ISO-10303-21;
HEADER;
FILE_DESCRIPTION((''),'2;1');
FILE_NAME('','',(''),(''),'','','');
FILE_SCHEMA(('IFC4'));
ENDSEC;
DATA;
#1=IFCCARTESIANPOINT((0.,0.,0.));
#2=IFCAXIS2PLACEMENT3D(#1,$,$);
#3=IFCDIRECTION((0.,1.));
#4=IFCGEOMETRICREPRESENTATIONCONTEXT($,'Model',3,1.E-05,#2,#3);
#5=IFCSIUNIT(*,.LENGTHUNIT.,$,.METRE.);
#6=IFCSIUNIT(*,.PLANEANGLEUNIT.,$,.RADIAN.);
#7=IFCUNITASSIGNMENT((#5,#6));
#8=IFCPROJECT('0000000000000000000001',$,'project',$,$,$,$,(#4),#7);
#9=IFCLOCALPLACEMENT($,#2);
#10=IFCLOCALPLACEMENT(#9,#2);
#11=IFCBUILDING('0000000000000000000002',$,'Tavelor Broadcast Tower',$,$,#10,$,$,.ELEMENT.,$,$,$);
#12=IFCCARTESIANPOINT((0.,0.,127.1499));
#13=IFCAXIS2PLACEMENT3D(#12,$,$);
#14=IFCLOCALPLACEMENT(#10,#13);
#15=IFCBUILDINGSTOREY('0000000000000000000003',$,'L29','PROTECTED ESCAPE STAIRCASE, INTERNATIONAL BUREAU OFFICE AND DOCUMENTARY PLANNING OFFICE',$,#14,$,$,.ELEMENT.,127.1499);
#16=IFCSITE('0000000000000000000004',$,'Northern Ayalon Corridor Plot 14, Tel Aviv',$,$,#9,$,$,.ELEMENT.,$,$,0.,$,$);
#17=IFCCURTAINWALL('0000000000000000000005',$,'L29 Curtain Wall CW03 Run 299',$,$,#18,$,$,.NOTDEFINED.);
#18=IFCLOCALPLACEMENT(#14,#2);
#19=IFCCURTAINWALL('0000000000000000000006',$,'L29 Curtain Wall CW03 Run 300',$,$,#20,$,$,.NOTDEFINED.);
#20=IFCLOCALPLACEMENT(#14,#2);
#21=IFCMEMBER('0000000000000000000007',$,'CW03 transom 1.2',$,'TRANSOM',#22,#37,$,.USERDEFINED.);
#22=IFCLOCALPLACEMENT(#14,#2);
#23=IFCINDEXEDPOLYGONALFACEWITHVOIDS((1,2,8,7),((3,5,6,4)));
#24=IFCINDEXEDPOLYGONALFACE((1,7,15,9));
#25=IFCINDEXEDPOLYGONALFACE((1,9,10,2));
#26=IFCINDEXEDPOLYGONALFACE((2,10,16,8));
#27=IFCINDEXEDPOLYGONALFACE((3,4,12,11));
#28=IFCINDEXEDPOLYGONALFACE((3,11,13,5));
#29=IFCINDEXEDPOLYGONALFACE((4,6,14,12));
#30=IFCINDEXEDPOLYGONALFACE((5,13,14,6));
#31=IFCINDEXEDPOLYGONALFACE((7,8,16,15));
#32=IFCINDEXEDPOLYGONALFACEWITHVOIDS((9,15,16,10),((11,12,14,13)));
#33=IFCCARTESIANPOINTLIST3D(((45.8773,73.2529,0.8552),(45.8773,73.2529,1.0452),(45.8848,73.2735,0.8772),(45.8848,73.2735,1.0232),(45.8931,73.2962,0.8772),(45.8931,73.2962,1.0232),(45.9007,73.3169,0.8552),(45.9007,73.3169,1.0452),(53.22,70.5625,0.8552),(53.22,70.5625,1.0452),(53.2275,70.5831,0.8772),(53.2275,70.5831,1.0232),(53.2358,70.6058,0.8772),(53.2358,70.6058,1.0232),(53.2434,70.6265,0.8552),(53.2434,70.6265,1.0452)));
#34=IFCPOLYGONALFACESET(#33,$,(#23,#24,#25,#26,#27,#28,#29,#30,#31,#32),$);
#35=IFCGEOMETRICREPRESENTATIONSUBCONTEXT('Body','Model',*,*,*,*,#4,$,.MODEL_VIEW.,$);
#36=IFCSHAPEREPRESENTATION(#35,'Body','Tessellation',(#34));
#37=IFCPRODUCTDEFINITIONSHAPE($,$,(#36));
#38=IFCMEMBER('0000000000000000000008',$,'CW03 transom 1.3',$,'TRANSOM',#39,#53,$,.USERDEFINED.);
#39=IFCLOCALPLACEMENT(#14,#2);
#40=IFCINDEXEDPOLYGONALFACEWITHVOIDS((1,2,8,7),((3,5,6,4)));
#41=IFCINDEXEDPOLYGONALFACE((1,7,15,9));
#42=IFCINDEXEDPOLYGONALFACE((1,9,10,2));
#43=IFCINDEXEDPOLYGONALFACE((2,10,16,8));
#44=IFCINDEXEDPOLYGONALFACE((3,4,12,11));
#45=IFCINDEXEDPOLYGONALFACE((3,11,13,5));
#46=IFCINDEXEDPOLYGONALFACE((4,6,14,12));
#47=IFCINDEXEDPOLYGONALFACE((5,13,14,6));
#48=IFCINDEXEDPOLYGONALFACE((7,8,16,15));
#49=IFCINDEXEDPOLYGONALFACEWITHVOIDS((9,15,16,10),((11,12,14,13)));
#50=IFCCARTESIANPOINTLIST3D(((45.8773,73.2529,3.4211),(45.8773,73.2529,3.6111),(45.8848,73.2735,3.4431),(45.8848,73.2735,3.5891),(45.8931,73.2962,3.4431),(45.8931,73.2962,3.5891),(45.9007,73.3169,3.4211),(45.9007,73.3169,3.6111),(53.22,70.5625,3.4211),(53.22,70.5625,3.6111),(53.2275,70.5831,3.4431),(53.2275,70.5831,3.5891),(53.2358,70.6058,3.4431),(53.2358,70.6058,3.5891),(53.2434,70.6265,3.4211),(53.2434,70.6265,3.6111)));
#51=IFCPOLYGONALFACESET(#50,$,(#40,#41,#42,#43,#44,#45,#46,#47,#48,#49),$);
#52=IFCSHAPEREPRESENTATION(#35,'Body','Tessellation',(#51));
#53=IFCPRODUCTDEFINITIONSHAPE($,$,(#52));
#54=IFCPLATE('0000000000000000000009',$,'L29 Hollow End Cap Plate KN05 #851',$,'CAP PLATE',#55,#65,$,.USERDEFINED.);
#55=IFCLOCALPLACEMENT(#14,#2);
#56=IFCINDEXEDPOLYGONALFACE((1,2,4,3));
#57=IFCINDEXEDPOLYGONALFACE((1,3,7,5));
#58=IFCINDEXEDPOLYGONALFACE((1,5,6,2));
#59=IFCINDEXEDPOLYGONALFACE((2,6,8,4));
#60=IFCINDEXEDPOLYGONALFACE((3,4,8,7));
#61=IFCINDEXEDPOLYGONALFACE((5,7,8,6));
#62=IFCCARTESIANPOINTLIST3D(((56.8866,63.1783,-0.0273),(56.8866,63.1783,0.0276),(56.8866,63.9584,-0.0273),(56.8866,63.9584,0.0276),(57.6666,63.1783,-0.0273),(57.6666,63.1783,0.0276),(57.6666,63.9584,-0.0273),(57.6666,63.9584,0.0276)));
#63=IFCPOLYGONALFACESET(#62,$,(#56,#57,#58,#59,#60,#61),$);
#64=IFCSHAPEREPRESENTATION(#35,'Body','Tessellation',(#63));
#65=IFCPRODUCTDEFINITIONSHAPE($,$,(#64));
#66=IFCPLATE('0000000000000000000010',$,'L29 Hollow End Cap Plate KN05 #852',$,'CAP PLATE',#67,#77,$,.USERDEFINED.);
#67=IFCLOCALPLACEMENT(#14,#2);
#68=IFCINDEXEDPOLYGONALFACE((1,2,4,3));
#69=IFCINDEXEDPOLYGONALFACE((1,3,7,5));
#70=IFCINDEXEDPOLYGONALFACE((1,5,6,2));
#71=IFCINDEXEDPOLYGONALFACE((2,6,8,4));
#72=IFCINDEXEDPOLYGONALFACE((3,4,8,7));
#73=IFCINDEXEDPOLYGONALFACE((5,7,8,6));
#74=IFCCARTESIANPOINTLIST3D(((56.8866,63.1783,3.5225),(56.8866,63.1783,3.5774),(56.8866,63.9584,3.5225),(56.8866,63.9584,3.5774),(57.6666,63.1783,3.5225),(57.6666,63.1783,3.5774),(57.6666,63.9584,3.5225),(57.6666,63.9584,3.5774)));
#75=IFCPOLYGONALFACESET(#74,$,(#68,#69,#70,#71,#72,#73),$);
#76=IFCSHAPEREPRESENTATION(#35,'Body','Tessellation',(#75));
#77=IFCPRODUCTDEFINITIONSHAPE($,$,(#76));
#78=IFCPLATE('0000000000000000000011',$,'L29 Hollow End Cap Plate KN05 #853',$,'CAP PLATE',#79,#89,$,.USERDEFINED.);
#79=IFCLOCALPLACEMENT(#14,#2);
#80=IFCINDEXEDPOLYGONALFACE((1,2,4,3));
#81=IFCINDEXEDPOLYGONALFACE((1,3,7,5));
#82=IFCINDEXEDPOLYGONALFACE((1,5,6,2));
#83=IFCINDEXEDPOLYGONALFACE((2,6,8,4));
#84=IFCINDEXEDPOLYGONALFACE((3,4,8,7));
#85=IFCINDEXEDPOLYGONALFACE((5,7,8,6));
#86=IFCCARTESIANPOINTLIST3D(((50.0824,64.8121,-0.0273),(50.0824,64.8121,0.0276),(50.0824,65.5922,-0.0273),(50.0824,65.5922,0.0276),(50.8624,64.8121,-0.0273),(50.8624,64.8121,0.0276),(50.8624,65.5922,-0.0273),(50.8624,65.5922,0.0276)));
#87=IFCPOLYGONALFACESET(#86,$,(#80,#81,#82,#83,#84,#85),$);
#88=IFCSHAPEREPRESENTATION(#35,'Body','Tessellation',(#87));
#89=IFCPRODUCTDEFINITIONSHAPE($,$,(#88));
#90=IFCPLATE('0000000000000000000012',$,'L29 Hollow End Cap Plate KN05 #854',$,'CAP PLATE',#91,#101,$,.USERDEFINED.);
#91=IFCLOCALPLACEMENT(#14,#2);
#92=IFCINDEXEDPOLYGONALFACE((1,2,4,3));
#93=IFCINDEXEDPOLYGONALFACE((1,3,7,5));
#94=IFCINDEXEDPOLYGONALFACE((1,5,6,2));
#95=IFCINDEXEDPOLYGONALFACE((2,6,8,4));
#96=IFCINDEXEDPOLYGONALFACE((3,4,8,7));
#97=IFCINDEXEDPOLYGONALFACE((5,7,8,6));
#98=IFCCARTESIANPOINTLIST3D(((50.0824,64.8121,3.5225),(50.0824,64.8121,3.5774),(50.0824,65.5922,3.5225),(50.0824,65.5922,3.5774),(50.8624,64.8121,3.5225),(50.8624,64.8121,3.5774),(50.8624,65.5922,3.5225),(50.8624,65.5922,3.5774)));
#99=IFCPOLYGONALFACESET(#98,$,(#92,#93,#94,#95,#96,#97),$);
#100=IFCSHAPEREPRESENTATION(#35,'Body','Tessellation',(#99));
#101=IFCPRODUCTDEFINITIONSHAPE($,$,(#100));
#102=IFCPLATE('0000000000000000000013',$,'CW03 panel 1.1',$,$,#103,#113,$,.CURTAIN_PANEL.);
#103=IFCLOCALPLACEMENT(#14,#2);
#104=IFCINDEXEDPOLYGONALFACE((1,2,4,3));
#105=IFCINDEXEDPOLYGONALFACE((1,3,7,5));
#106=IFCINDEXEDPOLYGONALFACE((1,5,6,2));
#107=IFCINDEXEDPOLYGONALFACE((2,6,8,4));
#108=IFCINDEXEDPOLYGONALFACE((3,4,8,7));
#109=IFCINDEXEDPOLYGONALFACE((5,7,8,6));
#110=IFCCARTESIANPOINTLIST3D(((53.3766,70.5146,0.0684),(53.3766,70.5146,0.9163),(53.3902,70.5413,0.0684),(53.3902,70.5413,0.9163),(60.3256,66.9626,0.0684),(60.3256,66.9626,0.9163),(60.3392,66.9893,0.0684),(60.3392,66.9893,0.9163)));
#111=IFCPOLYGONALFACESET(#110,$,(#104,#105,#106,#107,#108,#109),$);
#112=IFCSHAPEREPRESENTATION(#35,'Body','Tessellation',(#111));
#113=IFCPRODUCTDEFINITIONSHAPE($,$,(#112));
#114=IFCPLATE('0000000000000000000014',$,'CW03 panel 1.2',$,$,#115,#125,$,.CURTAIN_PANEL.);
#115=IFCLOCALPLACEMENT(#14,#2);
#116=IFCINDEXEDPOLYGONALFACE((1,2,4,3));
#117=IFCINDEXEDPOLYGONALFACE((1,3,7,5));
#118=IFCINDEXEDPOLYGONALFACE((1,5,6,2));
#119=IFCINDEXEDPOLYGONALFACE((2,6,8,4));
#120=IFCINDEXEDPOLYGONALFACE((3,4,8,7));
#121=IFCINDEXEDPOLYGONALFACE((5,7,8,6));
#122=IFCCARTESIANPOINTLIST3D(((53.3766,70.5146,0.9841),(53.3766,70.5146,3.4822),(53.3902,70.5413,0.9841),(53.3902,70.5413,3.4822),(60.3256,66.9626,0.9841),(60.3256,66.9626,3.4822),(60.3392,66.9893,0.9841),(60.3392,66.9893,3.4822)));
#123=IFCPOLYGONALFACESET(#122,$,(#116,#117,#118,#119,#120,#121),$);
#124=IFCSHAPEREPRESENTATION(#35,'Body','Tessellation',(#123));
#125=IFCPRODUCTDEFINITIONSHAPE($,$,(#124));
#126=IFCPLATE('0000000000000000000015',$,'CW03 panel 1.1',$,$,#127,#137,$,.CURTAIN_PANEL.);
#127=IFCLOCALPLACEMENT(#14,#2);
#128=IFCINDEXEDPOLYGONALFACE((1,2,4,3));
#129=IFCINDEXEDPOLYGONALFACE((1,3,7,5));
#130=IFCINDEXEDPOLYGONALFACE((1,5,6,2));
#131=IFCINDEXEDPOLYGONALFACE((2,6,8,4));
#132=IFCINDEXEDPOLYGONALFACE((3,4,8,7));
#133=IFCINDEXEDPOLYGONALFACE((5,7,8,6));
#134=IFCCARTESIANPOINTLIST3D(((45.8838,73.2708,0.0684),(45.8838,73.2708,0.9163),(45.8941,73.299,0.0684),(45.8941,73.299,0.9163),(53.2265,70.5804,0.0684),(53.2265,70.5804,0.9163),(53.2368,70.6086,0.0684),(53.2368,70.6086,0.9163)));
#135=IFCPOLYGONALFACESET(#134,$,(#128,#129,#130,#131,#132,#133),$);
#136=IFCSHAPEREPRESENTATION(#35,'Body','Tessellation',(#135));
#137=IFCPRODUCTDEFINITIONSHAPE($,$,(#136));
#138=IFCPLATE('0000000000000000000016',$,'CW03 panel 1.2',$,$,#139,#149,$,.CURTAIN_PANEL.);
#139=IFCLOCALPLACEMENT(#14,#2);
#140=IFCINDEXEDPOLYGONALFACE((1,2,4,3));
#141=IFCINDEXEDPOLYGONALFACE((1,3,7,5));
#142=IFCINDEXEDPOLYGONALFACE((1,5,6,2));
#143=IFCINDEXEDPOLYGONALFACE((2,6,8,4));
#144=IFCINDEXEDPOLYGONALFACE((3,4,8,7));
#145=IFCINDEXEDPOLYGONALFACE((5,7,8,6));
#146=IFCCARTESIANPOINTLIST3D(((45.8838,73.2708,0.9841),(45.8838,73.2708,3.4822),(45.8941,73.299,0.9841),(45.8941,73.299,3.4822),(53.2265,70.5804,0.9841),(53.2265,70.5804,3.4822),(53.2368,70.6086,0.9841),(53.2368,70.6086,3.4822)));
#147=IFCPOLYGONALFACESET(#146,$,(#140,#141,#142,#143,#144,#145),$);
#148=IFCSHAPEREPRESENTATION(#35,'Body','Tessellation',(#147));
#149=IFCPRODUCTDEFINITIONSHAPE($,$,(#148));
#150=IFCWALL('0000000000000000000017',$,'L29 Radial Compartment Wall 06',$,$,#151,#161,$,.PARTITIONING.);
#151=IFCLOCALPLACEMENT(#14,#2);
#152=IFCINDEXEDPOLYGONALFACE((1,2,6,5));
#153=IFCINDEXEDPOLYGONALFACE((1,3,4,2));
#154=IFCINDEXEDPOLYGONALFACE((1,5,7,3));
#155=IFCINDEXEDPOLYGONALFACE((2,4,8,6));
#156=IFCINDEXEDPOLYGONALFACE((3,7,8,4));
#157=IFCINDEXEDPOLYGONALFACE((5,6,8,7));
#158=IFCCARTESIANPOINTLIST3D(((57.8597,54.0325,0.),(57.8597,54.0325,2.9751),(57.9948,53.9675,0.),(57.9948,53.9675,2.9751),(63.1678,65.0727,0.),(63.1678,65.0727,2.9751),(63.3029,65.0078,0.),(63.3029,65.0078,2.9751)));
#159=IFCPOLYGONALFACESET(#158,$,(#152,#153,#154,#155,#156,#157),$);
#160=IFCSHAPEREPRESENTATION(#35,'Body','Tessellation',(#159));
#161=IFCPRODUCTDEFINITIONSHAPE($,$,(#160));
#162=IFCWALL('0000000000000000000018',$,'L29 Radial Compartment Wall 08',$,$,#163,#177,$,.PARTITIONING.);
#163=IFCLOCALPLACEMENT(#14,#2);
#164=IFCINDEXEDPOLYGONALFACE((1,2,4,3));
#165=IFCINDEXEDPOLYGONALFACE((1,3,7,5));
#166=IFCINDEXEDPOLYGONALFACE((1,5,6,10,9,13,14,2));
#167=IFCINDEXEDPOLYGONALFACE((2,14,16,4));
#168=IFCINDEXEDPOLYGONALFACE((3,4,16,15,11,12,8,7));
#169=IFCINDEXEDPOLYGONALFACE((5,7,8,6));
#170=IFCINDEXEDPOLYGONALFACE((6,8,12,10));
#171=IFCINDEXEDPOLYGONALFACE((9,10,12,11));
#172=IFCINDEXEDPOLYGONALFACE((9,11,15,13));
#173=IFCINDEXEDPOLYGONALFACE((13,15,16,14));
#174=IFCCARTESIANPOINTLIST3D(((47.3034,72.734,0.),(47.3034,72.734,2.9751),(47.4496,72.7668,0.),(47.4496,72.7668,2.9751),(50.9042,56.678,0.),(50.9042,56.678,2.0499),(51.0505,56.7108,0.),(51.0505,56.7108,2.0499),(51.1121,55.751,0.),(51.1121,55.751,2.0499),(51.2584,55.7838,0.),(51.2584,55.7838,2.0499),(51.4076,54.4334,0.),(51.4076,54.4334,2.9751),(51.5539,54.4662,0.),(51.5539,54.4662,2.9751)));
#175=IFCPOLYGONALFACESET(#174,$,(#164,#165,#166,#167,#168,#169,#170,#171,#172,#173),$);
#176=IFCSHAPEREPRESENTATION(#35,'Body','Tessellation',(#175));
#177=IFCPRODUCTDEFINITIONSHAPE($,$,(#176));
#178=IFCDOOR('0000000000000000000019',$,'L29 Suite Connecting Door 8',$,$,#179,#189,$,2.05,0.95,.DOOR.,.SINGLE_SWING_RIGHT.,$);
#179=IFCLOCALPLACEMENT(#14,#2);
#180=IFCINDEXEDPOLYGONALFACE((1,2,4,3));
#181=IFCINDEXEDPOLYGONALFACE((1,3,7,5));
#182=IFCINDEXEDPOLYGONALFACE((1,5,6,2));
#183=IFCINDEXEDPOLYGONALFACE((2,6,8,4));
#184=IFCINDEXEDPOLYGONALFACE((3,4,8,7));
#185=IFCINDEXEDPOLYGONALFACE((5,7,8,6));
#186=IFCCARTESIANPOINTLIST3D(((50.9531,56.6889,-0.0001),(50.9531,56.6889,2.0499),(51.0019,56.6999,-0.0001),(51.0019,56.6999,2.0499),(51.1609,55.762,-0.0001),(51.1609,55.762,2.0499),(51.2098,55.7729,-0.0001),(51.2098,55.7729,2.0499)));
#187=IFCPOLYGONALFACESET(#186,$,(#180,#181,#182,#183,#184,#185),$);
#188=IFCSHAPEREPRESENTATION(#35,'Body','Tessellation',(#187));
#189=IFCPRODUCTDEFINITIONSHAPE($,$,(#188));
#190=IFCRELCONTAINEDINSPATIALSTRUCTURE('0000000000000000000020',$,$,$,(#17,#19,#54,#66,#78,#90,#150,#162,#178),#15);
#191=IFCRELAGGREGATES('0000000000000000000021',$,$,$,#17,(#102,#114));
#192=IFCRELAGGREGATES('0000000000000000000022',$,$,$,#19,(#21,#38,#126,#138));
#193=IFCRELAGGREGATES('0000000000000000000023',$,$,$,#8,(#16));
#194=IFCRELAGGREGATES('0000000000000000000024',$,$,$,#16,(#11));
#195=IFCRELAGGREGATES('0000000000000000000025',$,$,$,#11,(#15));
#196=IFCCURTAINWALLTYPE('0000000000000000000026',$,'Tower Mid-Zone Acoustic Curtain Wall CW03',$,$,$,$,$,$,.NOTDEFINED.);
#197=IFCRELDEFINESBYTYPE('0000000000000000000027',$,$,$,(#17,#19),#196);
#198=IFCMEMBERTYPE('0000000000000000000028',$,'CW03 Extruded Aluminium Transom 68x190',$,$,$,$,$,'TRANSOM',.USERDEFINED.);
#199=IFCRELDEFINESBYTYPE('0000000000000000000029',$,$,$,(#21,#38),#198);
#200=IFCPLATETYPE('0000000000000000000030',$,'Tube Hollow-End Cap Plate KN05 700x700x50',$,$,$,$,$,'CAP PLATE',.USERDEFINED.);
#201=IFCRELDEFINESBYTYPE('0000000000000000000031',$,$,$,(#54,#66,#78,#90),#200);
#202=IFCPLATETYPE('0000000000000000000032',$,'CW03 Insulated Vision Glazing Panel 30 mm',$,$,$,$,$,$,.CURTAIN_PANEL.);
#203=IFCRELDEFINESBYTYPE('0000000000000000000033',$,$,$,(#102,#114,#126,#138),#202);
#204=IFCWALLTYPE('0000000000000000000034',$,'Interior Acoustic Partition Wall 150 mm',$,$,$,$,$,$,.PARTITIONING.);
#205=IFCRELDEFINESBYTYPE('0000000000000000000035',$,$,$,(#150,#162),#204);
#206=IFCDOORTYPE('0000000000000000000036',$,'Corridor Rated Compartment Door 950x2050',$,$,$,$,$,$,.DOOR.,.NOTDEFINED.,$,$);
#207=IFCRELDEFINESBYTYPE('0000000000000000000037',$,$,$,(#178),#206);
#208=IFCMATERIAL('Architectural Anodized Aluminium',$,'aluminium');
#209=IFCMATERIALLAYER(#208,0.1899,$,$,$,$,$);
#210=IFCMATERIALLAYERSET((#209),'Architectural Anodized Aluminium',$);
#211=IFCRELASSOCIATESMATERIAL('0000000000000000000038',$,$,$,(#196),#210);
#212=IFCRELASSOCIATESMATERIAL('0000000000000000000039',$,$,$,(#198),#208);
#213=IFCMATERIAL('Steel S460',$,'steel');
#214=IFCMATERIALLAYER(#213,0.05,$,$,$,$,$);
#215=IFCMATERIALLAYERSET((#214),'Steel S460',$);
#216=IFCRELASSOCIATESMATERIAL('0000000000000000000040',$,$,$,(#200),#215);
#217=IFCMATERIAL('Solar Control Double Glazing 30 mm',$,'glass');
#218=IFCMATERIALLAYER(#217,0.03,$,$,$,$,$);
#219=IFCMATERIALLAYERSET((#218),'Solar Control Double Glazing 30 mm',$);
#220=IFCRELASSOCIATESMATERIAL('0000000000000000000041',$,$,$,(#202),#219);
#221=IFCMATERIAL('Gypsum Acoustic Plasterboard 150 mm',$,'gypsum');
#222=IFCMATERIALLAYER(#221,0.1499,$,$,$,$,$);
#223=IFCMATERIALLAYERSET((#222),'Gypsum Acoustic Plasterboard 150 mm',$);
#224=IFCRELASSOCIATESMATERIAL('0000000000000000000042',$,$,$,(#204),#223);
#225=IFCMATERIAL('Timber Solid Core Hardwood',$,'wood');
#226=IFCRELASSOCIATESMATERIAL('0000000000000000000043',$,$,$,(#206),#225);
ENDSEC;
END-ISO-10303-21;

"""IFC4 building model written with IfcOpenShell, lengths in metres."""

from ifc_helpers import new_model, si_unit, direction, frame, frame_2d, origin, origin_2d, place, context, subcontext, project, spatial, rectangle, hollow_rectangle, extrude, source, transform, mapped, material, layer, layer_set, material_profile, profile_set, type_object, type_shapes, element, fill, aggregate, save


model = new_model("IFC4")

# Units and contexts
model_context = context("Model", 3, precision=1e-05, world=origin(), true_north=direction((0.0, 1.0)))
body_context = subcontext(model_context, "Body", "Model", "MODEL_VIEW")
ifc_project = project(units=[si_unit("LENGTHUNIT", "METRE"), si_unit("PLANEANGLEUNIT", "RADIAN")], contexts=[model_context])

# Site, building, storey
site_placement = place(None, origin())
site = spatial("IfcSite", under=ifc_project, at=site_placement, Name="Northern Ayalon Corridor Plot 14, Tel Aviv", CompositionType="ELEMENT", RefElevation=0.0)
building_placement = place(site_placement, origin())
building = spatial("IfcBuilding", under=site, at=building_placement, Name="Tavelor Broadcast Tower", CompositionType="ELEMENT")
storey_placement = place(building_placement, frame((0.0, 0.0, 127.1499)))
storey = spatial("IfcBuildingStorey", under=building, at=storey_placement, Name="L29", Description="PROTECTED ESCAPE STAIRCASE, INTERNATIONAL BUREAU OFFICE AND DOCUMENTARY PLANNING OFFICE", CompositionType="ELEMENT", Elevation=127.1499)

# Shared definitions
ifc_material_1 = material(Name="Steel S460", Category="steel")

# Curtain wall
ifc_material_2 = material(Name="Architectural Anodized Aluminium", Category="aluminium")
ifc_layer_1 = layer(ifc_material_2, 0.1899)
ifc_layer_set_1 = layer_set([ifc_layer_1], Name="Architectural Anodized Aluminium")
curtain_wall_type = type_object("IfcCurtainWallType", Name="Tower Mid-Zone Acoustic Curtain Wall CW03", PredefinedType="NOTDEFINED", material=ifc_layer_set_1)
curtain_wall_1_placement = place(storey_placement, origin())
curtain_wall_1 = element("IfcCurtainWall", 1, at=curtain_wall_1_placement, inside=storey, type_object=curtain_wall_type, Name="L29 Curtain Wall CW03 Run 299", PredefinedType="NOTDEFINED")

# Curtain wall, members
curtain_wall_2_placement = place(storey_placement, origin())
curtain_wall_2 = element("IfcCurtainWall", 2, at=curtain_wall_2_placement, inside=storey, type_object=curtain_wall_type, Name="L29 Curtain Wall CW03 Run 300", PredefinedType="NOTDEFINED")
ifc_material_profile_1 = material_profile(ifc_material_2, hollow_rectangle(XDim=0.0681, YDim=0.1899, WallThickness=0.022, at=origin_2d()), Name="RHS 68x190x22")
ifc_profile_set_1 = profile_set([ifc_material_profile_1], Name="Architectural Anodized Aluminium")
member_type_1 = type_object("IfcMemberType", Name="CW03 Extruded Aluminium Transom 68x190", ElementType="TRANSOM", PredefinedType="USERDEFINED", material=ifc_profile_set_1)
shared_shape_1 = source(origin(), body_context, "Body", "SweptSolid", [
    extrude(hollow_rectangle(XDim=0.0681, YDim=0.1899, WallThickness=0.022, at=origin_2d()), origin(), (0.0, 0.0, 1.0), 7.8201),
])
type_shapes(member_type_1, [shared_shape_1])
member_1_placement = place(storey_placement, frame((53.2317, 70.5945, 0.9502), z_axis=(-0.938956, 0.344038, 0.0), x_axis=(-0.344038, -0.938956, 0.0)))
member_1 = element("IfcMember", 3, at=member_1_placement, type_object=member_type_1, Name="CW03 transom 1.2", ObjectType="TRANSOM", PredefinedType="USERDEFINED", context=body_context, shape_type="MappedRepresentation", body=[
    mapped(shared_shape_1, transform((0.0, 0.0, 0.0), scale=1.0)),
])
member_2_placement = place(storey_placement, frame((53.2317, 70.5945, 3.5161), z_axis=(-0.938956, 0.344038, 0.0), x_axis=(-0.344038, -0.938956, 0.0)))
member_2 = element("IfcMember", 4, at=member_2_placement, type_object=member_type_1, Name="CW03 transom 1.3", ObjectType="TRANSOM", PredefinedType="USERDEFINED", context=body_context, shape_type="MappedRepresentation", body=[
    mapped(shared_shape_1, transform((0.0, 0.0, 0.0), scale=1.0)),
])

# Plates
ifc_layer_2 = layer(ifc_material_1, 0.05)
ifc_layer_set_2 = layer_set([ifc_layer_2], Name="Steel S460")
plate_type_1 = type_object("IfcPlateType", Name="Tube Hollow-End Cap Plate KN05 700x700x50", ElementType="CAP PLATE", PredefinedType="USERDEFINED", material=ifc_layer_set_2)
shared_shape_2 = source(origin(), body_context, "Body", "SweptSolid", [
    extrude(rectangle(XDim=0.78, YDim=0.78, at=origin_2d()), origin(), (0.0, 0.0, 1.0), 0.0549),
])
type_shapes(plate_type_1, [shared_shape_2])
for number, where, z_axis, x_axis, name in (
    (5, (57.2766, 63.5684, -0.0273), (0.0, 0.0, 1.0), (1.0, 0.0, 0.0), "L29 Hollow End Cap Plate KN05 #851"),
    (6, (57.2766, 63.5684, 3.5225), (0.0, 0.0, 1.0), (1.0, 0.0, 0.0), "L29 Hollow End Cap Plate KN05 #852"),
    (7, (50.4724, 65.2021, -0.0273), (0.0, 0.0, 1.0), (1.0, 0.0, 0.0), "L29 Hollow End Cap Plate KN05 #853"),
    (8, (50.4724, 65.2021, 3.5225), (0.0, 0.0, 1.0), (1.0, 0.0, 0.0), "L29 Hollow End Cap Plate KN05 #854"),
):
    element("IfcPlate", number, at=place(storey_placement, frame(where, z_axis=z_axis, x_axis=x_axis)), inside=storey, type_object=plate_type_1, Name=name, ObjectType="CAP PLATE", PredefinedType="USERDEFINED", context=body_context, shape_type="MappedRepresentation", body=[
        mapped(shared_shape_2, transform((0.0, 0.0, 0.0), scale=1.0)),
    ])

# Plates
ifc_material_3 = material(Name="Solar Control Double Glazing 30 mm", Category="glass")
ifc_layer_3 = layer(ifc_material_3, 0.03)
ifc_layer_set_3 = layer_set([ifc_layer_3], Name="Solar Control Double Glazing 30 mm")
plate_type_2 = type_object("IfcPlateType", Name="CW03 Insulated Vision Glazing Panel 30 mm", PredefinedType="CURTAIN_PANEL", material=ifc_layer_set_3)
shared_shape_3 = source(origin(), body_context, "Body", "SweptSolid", [
    extrude(rectangle(XDim=7.8042, YDim=0.03, at=origin_2d()), origin(), (0.0, 0.0, 1.0), 0.8479),
])
plate_1_placement = place(storey_placement, frame((56.8579, 68.752, 0.0684), z_axis=(0.0, 0.0, 1.0), x_axis=(-0.890417, 0.455145, 0.0)))
plate_1 = element("IfcPlate", 9, at=plate_1_placement, type_object=plate_type_2, Name="CW03 panel 1.1", PredefinedType="CURTAIN_PANEL", context=body_context, shape_type="MappedRepresentation", body=[
    mapped(shared_shape_3, transform((0.0, 0.0, 0.0), scale=1.0)),
])
shared_shape_4 = source(origin(), body_context, "Body", "SweptSolid", [
    extrude(rectangle(XDim=7.8042, YDim=0.03, at=origin_2d()), origin(), (0.0, 0.0, 1.0), 2.498),
])
plate_2_placement = place(storey_placement, frame((56.8579, 68.752, 0.9841), z_axis=(0.0, 0.0, 1.0), x_axis=(-0.890417, 0.455145, 0.0)))
plate_2 = element("IfcPlate", 10, at=plate_2_placement, type_object=plate_type_2, Name="CW03 panel 1.2", PredefinedType="CURTAIN_PANEL", context=body_context, shape_type="MappedRepresentation", body=[
    mapped(shared_shape_4, transform((0.0, 0.0, 0.0), scale=1.0)),
])
aggregate(curtain_wall_1, [plate_1, plate_2])
shared_shape_5 = source(origin(), body_context, "Body", "SweptSolid", [
    extrude(rectangle(XDim=7.8201, YDim=0.03, at=origin_2d()), origin(), (0.0, 0.0, 1.0), 0.8479),
])
plate_3_placement = place(storey_placement, frame((49.5603, 71.9397, 0.0684), z_axis=(0.0, 0.0, 1.0), x_axis=(-0.938955, 0.344039, 0.0)))
plate_3 = element("IfcPlate", 11, at=plate_3_placement, type_object=plate_type_2, Name="CW03 panel 1.1", PredefinedType="CURTAIN_PANEL", context=body_context, shape_type="MappedRepresentation", body=[
    mapped(shared_shape_5, transform((0.0, 0.0, 0.0), scale=1.0)),
])
shared_shape_6 = source(origin(), body_context, "Body", "SweptSolid", [
    extrude(rectangle(XDim=7.8201, YDim=0.03, at=origin_2d()), origin(), (0.0, 0.0, 1.0), 2.498),
])
type_shapes(plate_type_2, [shared_shape_3, shared_shape_4, shared_shape_5, shared_shape_6])
plate_4_placement = place(storey_placement, frame((49.5603, 71.9397, 0.9841), z_axis=(0.0, 0.0, 1.0), x_axis=(-0.938955, 0.344039, 0.0)))
plate_4 = element("IfcPlate", 12, at=plate_4_placement, type_object=plate_type_2, Name="CW03 panel 1.2", PredefinedType="CURTAIN_PANEL", context=body_context, shape_type="MappedRepresentation", body=[
    mapped(shared_shape_6, transform((0.0, 0.0, 0.0), scale=1.0)),
])
aggregate(curtain_wall_2, [member_1, member_2, plate_3, plate_4])

# Wall
ifc_material_4 = material(Name="Gypsum Acoustic Plasterboard 150 mm", Category="gypsum")
ifc_layer_4 = layer(ifc_material_4, 0.1499)
ifc_layer_set_4 = layer_set([ifc_layer_4], Name="Gypsum Acoustic Plasterboard 150 mm")
wall_type = type_object("IfcWallType", Name="Interior Acoustic Partition Wall 150 mm", PredefinedType="PARTITIONING", material=ifc_layer_set_4)
wall_1_placement = place(storey_placement, frame((57.9272, 54.0, 0.0), z_axis=(0.0, 0.0, 1.0), x_axis=(0.433313, 0.901244, 0.0)))
element("IfcWall", 13, at=wall_1_placement, inside=storey, type_object=wall_type, Name="L29 Radial Compartment Wall 06", PredefinedType="PARTITIONING", context=body_context, shape_type="SweptSolid", body=[
    extrude(rectangle(XDim=12.25, YDim=0.1499, at=frame_2d((6.125, 0.0))), origin(), (0.0, 0.0, 1.0), 2.9751),
])

# Wall, opening, door
wall_2_placement = place(storey_placement, frame((51.4807, 54.45, 0.0), z_axis=(0.0, 0.0, 1.0), x_axis=(-0.218833, 0.975762, 0.0)))
wall_2 = element("IfcWall", 14, at=wall_2_placement, inside=storey, type_object=wall_type, Name="L29 Radial Compartment Wall 08", PredefinedType="PARTITIONING", context=body_context, shape_type="SweptSolid", body=[
    extrude(rectangle(XDim=18.7551, YDim=0.1499, at=frame_2d((9.3774, 0.0))), origin(), (0.0, 0.0, 1.0), 2.9751),
])
opening_placement = place(wall_2_placement, frame((1.3501, 0.0, 0.0)))
opening = element("IfcOpeningElement", 15, at=opening_placement, cuts=wall_2, PredefinedType="OPENING", context=body_context, shape_type="SweptSolid", body=[
    extrude(rectangle(XDim=0.95, YDim=2.05, at=frame_2d((0.4751, 1.0249))), frame((0.0, 0.085, 0.0), z_axis=(0.0, -1.0, 0.0), x_axis=(1.0, 0.0, 0.0)), (0.0, 0.0, 1.0), 0.1699),
])
ifc_material_5 = material(Name="Timber Solid Core Hardwood", Category="wood")
door_type = type_object("IfcDoorType", Name="Corridor Rated Compartment Door 950x2050", OperationType="NOTDEFINED", PredefinedType="DOOR", material=ifc_material_5)
door_placement = place(opening_placement, origin())
door = element("IfcDoor", 16, at=door_placement, inside=storey, type_object=door_type, Name="L29 Suite Connecting Door 8", OperationType="SINGLE_SWING_RIGHT", OverallHeight=2.05, OverallWidth=0.95, PredefinedType="DOOR", context=body_context, shape_type="SweptSolid", body=[
    extrude(rectangle(XDim=0.95, YDim=2.05, at=frame_2d((0.4751, 1.0249))), frame((0.0, 0.0249, 0.0), z_axis=(0.0, -1.0, 0.0), x_axis=(1.0, 0.0, 0.0)), (0.0, 0.0, 1.0), 0.05),
])
fill(opening, door)

save(model, "model.ifc")
